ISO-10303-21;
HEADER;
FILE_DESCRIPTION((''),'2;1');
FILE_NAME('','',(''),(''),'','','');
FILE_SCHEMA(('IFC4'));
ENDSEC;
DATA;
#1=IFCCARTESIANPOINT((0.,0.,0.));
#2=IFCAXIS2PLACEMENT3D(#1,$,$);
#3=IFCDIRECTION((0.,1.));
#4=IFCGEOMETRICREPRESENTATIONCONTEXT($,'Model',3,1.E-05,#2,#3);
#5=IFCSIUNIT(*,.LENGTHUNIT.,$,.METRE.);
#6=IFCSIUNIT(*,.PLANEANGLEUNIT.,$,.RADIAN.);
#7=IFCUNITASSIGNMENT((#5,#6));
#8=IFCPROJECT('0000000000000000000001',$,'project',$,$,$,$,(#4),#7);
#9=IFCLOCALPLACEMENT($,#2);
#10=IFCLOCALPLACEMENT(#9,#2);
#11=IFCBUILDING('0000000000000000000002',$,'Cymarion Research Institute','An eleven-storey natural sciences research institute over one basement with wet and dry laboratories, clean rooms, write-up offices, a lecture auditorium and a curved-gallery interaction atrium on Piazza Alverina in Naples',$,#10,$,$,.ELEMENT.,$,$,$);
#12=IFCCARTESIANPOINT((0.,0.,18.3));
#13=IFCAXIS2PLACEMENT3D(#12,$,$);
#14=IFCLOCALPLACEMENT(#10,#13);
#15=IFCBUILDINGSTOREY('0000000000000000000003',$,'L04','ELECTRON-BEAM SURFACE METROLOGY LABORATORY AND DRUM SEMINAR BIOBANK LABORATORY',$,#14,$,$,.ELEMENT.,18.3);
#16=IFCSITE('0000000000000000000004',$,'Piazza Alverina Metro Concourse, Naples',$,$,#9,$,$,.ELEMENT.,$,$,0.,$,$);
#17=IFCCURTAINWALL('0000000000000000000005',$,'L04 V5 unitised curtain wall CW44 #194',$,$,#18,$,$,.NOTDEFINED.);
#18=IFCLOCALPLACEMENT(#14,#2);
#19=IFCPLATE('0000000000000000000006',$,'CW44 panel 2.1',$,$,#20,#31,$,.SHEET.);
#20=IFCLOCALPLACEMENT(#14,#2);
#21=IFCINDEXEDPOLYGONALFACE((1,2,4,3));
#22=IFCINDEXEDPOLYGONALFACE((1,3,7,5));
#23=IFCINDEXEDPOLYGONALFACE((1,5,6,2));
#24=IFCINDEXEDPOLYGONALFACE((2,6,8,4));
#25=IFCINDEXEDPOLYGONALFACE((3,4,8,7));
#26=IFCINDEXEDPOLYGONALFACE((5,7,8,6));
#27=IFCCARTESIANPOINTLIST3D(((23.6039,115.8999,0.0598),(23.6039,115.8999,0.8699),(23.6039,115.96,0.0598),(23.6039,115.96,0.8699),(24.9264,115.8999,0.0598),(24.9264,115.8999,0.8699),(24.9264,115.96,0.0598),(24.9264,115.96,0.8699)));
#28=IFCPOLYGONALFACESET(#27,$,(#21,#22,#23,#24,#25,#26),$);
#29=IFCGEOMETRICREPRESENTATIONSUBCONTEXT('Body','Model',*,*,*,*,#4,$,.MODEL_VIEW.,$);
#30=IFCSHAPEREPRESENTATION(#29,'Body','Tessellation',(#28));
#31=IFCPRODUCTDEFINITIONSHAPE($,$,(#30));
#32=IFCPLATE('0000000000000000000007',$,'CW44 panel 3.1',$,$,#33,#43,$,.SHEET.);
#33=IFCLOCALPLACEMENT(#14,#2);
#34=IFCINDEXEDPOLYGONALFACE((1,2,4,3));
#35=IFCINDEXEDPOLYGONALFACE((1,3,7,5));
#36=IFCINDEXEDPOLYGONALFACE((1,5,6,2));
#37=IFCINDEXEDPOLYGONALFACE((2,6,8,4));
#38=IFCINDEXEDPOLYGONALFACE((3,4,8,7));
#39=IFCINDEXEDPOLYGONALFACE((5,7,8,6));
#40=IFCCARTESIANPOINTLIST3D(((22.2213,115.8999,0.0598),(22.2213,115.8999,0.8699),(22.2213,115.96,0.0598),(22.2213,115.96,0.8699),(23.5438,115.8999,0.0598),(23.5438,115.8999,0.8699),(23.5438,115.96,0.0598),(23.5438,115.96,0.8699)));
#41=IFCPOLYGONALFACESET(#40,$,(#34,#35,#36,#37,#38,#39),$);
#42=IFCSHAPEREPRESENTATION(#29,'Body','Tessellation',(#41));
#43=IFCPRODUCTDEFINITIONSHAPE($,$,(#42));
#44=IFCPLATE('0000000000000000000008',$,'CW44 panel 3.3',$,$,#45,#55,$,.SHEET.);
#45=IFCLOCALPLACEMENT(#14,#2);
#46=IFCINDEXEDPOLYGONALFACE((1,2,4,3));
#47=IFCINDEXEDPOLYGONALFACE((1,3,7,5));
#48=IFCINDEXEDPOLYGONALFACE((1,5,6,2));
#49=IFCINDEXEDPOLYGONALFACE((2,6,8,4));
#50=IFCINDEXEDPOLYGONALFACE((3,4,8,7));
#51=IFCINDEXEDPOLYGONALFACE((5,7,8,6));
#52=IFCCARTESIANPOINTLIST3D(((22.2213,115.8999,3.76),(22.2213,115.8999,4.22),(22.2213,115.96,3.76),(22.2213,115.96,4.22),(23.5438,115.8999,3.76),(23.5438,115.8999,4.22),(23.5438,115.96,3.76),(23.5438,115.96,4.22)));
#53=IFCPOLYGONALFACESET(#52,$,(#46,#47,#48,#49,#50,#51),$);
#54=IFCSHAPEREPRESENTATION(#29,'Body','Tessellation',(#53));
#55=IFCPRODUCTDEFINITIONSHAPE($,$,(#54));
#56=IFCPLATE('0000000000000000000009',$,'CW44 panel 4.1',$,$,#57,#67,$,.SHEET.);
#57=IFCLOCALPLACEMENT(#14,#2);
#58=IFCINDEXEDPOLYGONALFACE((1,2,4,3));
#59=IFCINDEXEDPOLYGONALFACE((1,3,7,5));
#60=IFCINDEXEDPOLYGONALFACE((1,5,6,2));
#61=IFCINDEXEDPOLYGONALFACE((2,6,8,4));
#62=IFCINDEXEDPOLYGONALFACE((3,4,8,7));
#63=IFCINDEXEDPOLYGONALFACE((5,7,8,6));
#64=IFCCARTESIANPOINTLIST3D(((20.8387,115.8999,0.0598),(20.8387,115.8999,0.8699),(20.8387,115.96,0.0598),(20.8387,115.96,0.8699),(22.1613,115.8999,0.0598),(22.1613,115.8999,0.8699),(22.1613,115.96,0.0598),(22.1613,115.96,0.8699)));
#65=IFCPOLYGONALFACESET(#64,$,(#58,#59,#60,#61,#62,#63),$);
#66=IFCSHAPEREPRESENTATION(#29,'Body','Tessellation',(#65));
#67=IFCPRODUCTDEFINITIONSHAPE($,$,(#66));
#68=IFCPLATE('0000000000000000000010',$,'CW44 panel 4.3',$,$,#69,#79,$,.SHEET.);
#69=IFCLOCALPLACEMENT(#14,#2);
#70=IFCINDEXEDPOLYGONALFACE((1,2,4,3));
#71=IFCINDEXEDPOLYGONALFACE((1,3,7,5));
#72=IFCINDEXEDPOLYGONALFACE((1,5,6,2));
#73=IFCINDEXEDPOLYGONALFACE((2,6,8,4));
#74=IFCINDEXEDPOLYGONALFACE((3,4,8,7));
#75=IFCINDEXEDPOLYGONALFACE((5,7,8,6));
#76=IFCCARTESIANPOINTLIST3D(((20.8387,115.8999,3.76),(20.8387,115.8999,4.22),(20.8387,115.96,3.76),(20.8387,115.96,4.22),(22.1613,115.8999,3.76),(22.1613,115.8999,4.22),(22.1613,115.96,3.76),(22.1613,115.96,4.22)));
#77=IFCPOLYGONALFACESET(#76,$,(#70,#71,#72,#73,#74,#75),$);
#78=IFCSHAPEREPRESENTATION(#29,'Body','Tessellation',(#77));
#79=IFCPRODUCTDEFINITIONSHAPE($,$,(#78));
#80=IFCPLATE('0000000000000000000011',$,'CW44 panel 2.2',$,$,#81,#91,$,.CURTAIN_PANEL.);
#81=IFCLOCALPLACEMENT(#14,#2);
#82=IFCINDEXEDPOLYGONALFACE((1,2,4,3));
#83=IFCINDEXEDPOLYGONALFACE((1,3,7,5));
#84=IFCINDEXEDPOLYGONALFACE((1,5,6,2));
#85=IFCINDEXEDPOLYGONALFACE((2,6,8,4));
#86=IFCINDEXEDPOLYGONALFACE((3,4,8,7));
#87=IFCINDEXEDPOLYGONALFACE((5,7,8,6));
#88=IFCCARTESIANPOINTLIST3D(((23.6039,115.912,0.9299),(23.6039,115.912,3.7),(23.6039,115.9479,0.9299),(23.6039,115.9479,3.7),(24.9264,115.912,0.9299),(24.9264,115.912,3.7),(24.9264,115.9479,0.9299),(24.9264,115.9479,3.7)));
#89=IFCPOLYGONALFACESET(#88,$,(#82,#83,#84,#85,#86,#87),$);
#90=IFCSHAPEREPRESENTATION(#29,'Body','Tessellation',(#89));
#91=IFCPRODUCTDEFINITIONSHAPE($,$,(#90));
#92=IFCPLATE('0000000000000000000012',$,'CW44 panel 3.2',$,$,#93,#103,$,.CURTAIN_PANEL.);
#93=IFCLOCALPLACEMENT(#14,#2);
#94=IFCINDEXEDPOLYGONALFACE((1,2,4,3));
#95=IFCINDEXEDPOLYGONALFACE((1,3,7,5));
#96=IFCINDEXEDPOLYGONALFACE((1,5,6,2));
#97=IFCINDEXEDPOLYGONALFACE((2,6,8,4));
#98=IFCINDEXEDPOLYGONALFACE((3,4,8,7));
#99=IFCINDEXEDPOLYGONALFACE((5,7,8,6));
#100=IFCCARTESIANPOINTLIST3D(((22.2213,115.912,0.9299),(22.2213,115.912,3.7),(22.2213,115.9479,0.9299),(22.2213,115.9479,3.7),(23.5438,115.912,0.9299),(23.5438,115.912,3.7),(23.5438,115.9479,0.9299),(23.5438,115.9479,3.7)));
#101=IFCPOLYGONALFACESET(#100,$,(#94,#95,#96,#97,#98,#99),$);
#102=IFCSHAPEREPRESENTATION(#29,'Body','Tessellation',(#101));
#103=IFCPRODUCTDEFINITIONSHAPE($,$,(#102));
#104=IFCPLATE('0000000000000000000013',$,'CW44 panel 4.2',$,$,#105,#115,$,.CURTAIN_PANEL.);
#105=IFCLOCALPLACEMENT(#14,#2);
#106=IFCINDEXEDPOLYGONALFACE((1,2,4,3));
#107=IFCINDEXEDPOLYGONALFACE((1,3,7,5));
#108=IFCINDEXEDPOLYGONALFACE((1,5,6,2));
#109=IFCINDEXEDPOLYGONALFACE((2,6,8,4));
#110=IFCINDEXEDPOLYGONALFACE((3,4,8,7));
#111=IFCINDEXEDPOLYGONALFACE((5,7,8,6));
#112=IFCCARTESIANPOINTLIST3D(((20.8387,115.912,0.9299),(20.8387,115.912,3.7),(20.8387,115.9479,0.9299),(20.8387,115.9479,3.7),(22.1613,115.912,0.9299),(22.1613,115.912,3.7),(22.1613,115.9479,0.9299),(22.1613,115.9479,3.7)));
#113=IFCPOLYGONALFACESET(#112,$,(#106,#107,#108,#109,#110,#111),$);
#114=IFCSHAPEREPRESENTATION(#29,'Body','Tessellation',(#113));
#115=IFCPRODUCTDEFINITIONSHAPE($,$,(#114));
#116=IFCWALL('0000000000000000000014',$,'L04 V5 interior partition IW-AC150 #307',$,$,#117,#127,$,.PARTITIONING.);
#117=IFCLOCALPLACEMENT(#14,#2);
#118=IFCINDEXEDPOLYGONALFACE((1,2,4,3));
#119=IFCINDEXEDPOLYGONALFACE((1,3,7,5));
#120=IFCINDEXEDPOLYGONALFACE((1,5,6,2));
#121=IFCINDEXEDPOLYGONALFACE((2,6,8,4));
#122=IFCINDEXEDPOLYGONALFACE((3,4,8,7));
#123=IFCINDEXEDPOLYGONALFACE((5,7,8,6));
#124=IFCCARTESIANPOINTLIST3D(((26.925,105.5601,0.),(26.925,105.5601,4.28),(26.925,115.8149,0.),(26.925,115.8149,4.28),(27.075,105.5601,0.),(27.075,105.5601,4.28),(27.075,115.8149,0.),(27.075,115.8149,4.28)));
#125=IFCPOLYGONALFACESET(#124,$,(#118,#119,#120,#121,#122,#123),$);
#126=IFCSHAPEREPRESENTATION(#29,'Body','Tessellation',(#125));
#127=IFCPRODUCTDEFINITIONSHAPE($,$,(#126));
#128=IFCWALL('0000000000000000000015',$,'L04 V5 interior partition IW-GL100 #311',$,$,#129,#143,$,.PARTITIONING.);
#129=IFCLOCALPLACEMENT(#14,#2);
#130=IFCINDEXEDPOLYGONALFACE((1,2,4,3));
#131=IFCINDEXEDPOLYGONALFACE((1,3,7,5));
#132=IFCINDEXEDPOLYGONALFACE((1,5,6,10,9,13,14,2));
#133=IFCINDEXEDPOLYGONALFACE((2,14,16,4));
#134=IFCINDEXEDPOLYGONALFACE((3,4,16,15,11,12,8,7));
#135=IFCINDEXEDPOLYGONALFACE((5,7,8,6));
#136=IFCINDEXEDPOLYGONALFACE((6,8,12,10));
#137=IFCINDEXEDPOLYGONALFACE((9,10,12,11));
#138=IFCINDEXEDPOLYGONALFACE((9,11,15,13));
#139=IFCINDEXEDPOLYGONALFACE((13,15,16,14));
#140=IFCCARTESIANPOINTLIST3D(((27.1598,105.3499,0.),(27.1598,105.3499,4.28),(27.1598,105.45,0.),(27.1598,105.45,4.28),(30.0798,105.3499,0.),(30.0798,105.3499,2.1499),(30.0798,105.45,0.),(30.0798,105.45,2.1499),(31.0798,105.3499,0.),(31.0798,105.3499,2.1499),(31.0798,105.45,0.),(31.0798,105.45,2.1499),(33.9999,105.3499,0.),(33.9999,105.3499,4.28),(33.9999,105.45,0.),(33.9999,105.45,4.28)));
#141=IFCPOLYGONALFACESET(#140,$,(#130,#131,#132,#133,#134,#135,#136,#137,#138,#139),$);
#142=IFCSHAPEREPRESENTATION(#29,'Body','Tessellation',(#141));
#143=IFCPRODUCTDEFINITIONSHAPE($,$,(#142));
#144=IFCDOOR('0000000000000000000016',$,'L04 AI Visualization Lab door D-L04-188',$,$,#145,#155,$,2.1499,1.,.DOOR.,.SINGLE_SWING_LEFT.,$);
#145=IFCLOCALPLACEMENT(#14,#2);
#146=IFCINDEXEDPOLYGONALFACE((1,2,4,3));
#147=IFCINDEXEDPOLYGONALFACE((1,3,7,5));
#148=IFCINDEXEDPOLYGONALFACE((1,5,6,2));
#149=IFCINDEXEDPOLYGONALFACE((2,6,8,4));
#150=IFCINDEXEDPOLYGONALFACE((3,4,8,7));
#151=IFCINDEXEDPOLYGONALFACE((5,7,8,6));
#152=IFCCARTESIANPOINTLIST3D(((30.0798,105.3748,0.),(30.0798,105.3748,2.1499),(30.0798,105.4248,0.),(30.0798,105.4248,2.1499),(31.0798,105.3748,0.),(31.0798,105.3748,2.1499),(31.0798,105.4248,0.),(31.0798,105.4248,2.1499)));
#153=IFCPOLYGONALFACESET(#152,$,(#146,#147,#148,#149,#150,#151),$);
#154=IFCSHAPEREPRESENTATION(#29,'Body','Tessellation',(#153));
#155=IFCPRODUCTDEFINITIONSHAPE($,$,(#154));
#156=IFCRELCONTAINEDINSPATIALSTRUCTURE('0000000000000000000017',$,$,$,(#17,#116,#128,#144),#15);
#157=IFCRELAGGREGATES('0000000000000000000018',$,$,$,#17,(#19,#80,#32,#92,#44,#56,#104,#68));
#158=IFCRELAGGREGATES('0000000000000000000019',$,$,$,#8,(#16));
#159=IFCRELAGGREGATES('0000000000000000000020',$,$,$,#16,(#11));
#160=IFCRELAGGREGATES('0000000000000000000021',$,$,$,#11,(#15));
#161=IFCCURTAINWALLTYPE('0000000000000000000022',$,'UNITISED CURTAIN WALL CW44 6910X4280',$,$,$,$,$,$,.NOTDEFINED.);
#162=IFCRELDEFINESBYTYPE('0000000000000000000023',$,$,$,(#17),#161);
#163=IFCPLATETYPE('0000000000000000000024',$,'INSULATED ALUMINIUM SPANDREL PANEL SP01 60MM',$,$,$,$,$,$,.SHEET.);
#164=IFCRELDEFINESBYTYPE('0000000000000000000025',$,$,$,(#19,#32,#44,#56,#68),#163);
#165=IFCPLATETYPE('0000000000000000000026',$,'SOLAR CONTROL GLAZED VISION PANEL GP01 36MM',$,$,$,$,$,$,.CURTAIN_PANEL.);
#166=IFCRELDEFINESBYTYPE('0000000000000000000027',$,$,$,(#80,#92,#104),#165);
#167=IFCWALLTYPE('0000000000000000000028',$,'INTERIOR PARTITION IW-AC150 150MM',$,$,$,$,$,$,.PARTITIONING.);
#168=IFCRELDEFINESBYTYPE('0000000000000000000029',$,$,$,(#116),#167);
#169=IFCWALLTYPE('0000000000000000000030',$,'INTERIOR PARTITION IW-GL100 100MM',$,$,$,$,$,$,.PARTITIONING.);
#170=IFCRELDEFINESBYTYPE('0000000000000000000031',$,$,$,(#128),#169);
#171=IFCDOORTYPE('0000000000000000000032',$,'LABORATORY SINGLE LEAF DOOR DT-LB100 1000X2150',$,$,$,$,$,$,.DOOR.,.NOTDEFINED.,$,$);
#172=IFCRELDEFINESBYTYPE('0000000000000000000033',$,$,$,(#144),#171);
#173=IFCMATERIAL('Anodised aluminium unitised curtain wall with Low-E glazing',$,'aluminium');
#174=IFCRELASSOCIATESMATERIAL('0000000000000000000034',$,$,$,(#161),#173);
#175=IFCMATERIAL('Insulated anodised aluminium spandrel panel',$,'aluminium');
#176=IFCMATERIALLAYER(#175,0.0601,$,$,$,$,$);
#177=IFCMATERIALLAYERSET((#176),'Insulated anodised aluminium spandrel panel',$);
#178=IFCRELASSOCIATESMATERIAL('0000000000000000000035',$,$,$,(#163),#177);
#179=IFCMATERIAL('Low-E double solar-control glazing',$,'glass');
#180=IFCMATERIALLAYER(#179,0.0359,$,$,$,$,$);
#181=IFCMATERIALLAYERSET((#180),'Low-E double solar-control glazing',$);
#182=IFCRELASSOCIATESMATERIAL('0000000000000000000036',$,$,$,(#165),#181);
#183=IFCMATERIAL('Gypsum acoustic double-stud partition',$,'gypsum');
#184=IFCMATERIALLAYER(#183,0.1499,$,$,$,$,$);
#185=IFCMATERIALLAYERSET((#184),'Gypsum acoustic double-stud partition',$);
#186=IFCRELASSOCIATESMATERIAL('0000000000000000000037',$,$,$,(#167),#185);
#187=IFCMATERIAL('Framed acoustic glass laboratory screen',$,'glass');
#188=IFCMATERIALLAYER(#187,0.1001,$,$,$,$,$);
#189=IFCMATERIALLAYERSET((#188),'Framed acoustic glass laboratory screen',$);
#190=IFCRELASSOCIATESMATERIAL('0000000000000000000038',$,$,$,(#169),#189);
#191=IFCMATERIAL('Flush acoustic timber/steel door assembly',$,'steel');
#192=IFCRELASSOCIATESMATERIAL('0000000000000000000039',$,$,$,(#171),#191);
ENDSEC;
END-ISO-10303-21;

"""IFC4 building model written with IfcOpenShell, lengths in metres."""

from ifc_helpers import new_model, si_unit, direction, frame, frame_2d, origin, origin_2d, place, context, subcontext, project, spatial, rectangle, extrude, material, layer, layer_set, type_object, element, fill, aggregate, save


model = new_model("IFC4")

# Units and contexts
model_context = context("Model", 3, precision=1e-05, world=origin(), true_north=direction((0.0, 1.0)))
body_context = subcontext(model_context, "Body", "Model", "MODEL_VIEW")
ifc_project = project(units=[si_unit("LENGTHUNIT", "METRE"), si_unit("PLANEANGLEUNIT", "RADIAN")], contexts=[model_context])

# Site, building, storey
site_placement = place(None, origin())
site = spatial("IfcSite", under=ifc_project, at=site_placement, Name="Piazza Alverina Metro Concourse, Naples", CompositionType="ELEMENT", RefElevation=0.0)
building_placement = place(site_placement, origin())
building = spatial("IfcBuilding", under=site, at=building_placement, Name="Cymarion Research Institute", Description="An eleven-storey natural sciences research institute over one basement with wet and dry laboratories, clean rooms, write-up offices, a lecture auditorium and a curved-gallery interaction atrium on Piazza Alverina in Naples", CompositionType="ELEMENT")
storey_placement = place(building_placement, frame((0.0, 0.0, 18.3)))
storey = spatial("IfcBuildingStorey", under=building, at=storey_placement, Name="L04", Description="ELECTRON-BEAM SURFACE METROLOGY LABORATORY AND DRUM SEMINAR BIOBANK LABORATORY", CompositionType="ELEMENT", Elevation=18.3)

# Curtain wall
ifc_material_1 = material(Name="Anodised aluminium unitised curtain wall with Low-E glazing", Category="aluminium")
curtain_wall_type = type_object("IfcCurtainWallType", Name="UNITISED CURTAIN WALL CW44 6910X4280", PredefinedType="NOTDEFINED", material=ifc_material_1)
curtain_wall_placement = place(storey_placement, origin())
curtain_wall = element("IfcCurtainWall", 1, at=curtain_wall_placement, inside=storey, type_object=curtain_wall_type, Name="L04 V5 unitised curtain wall CW44 #194", PredefinedType="NOTDEFINED")

# Plates
ifc_material_2 = material(Name="Insulated anodised aluminium spandrel panel", Category="aluminium")
ifc_layer_1 = layer(ifc_material_2, 0.0601)
ifc_layer_set_1 = layer_set([ifc_layer_1], Name="Insulated anodised aluminium spandrel panel")
plate_type_1 = type_object("IfcPlateType", Name="INSULATED ALUMINIUM SPANDREL PANEL SP01 60MM", PredefinedType="SHEET", material=ifc_layer_set_1)
plate_1_placement = place(storey_placement, frame((24.2651, 115.9299, 0.0598), z_axis=(0.0, 0.0, 1.0), x_axis=(-1.0, 0.0, 0.0)))
plate_1 = element("IfcPlate", 2, at=plate_1_placement, type_object=plate_type_1, Name="CW44 panel 2.1", PredefinedType="SHEET", context=body_context, shape_type="SweptSolid", body=[
    extrude(rectangle(XDim=1.3225, YDim=0.0601, at=origin_2d()), origin(), (0.0, 0.0, 1.0), 0.8101),
])
plate_2_placement = place(storey_placement, frame((22.8826, 115.9299, 0.0598), z_axis=(0.0, 0.0, 1.0), x_axis=(-1.0, 0.0, 0.0)))
plate_2 = element("IfcPlate", 3, at=plate_2_placement, type_object=plate_type_1, Name="CW44 panel 3.1", PredefinedType="SHEET", context=body_context, shape_type="SweptSolid", body=[
    extrude(rectangle(XDim=1.3225, YDim=0.0601, at=origin_2d()), origin(), (0.0, 0.0, 1.0), 0.8101),
])
plate_3_placement = place(storey_placement, frame((22.8826, 115.9299, 3.76), z_axis=(0.0, 0.0, 1.0), x_axis=(-1.0, 0.0, 0.0)))
plate_3 = element("IfcPlate", 4, at=plate_3_placement, type_object=plate_type_1, Name="CW44 panel 3.3", PredefinedType="SHEET", context=body_context, shape_type="SweptSolid", body=[
    extrude(rectangle(XDim=1.3225, YDim=0.0601, at=origin_2d()), origin(), (0.0, 0.0, 1.0), 0.46),
])
plate_4_placement = place(storey_placement, frame((21.5, 115.9299, 0.0598), z_axis=(0.0, 0.0, 1.0), x_axis=(-1.0, 0.0, 0.0)))
plate_4 = element("IfcPlate", 5, at=plate_4_placement, type_object=plate_type_1, Name="CW44 panel 4.1", PredefinedType="SHEET", context=body_context, shape_type="SweptSolid", body=[
    extrude(rectangle(XDim=1.3225, YDim=0.0601, at=origin_2d()), origin(), (0.0, 0.0, 1.0), 0.8101),
])
plate_5_placement = place(storey_placement, frame((21.5, 115.9299, 3.76), z_axis=(0.0, 0.0, 1.0), x_axis=(-1.0, 0.0, 0.0)))
plate_5 = element("IfcPlate", 6, at=plate_5_placement, type_object=plate_type_1, Name="CW44 panel 4.3", PredefinedType="SHEET", context=body_context, shape_type="SweptSolid", body=[
    extrude(rectangle(XDim=1.3225, YDim=0.0601, at=origin_2d()), origin(), (0.0, 0.0, 1.0), 0.46),
])
ifc_material_3 = material(Name="Low-E double solar-control glazing", Category="glass")
ifc_layer_2 = layer(ifc_material_3, 0.0359)
ifc_layer_set_2 = layer_set([ifc_layer_2], Name="Low-E double solar-control glazing")
plate_type_2 = type_object("IfcPlateType", Name="SOLAR CONTROL GLAZED VISION PANEL GP01 36MM", PredefinedType="CURTAIN_PANEL", material=ifc_layer_set_2)
plate_6_placement = place(storey_placement, frame((24.2651, 115.9299, 0.9299), z_axis=(0.0, 0.0, 1.0), x_axis=(-1.0, 0.0, 0.0)))
plate_6 = element("IfcPlate", 7, at=plate_6_placement, type_object=plate_type_2, Name="CW44 panel 2.2", PredefinedType="CURTAIN_PANEL", context=body_context, shape_type="SweptSolid", body=[
    extrude(rectangle(XDim=1.3225, YDim=0.0359, at=origin_2d()), origin(), (0.0, 0.0, 1.0), 2.77),
])
plate_7_placement = place(storey_placement, frame((22.8826, 115.9299, 0.9299), z_axis=(0.0, 0.0, 1.0), x_axis=(-1.0, 0.0, 0.0)))
plate_7 = element("IfcPlate", 8, at=plate_7_placement, type_object=plate_type_2, Name="CW44 panel 3.2", PredefinedType="CURTAIN_PANEL", context=body_context, shape_type="SweptSolid", body=[
    extrude(rectangle(XDim=1.3225, YDim=0.0359, at=origin_2d()), origin(), (0.0, 0.0, 1.0), 2.77),
])
plate_8_placement = place(storey_placement, frame((21.5, 115.9299, 0.9299), z_axis=(0.0, 0.0, 1.0), x_axis=(-1.0, 0.0, 0.0)))
plate_8 = element("IfcPlate", 9, at=plate_8_placement, type_object=plate_type_2, Name="CW44 panel 4.2", PredefinedType="CURTAIN_PANEL", context=body_context, shape_type="SweptSolid", body=[
    extrude(rectangle(XDim=1.3225, YDim=0.0359, at=origin_2d()), origin(), (0.0, 0.0, 1.0), 2.77),
])
aggregate(curtain_wall, [plate_1, plate_6, plate_2, plate_7, plate_3, plate_4, plate_8, plate_5])

# Wall
ifc_material_4 = material(Name="Gypsum acoustic double-stud partition", Category="gypsum")
ifc_layer_3 = layer(ifc_material_4, 0.1499)
ifc_layer_set_3 = layer_set([ifc_layer_3], Name="Gypsum acoustic double-stud partition")
wall_type_1 = type_object("IfcWallType", Name="INTERIOR PARTITION IW-AC150 150MM", PredefinedType="PARTITIONING", material=ifc_layer_set_3)
wall_1_placement = place(storey_placement, frame((27.0, 105.5601, 0.0), z_axis=(0.0, 0.0, 1.0), x_axis=(0.0, 1.0, 0.0)))
element("IfcWall", 10, at=wall_1_placement, inside=storey, type_object=wall_type_1, Name="L04 V5 interior partition IW-AC150 #307", PredefinedType="PARTITIONING", context=body_context, shape_type="SweptSolid", body=[
    extrude(rectangle(XDim=10.2549, YDim=0.1499, at=frame_2d((5.1274, 0.0))), origin(), (0.0, 0.0, 1.0), 4.28),
])

# Wall, opening, door
ifc_material_5 = material(Name="Framed acoustic glass laboratory screen", Category="glass")
ifc_layer_4 = layer(ifc_material_5, 0.1001)
ifc_layer_set_4 = layer_set([ifc_layer_4], Name="Framed acoustic glass laboratory screen")
wall_type_2 = type_object("IfcWallType", Name="INTERIOR PARTITION IW-GL100 100MM", PredefinedType="PARTITIONING", material=ifc_layer_set_4)
wall_2_placement = place(storey_placement, frame((27.1599, 105.3999, 0.0), z_axis=(0.0, 0.0, 1.0), x_axis=(1.0, 0.0, 0.0)))
wall_2 = element("IfcWall", 11, at=wall_2_placement, inside=storey, type_object=wall_type_2, Name="L04 V5 interior partition IW-GL100 #311", PredefinedType="PARTITIONING", context=body_context, shape_type="SweptSolid", body=[
    extrude(rectangle(XDim=6.8401, YDim=0.1001, at=frame_2d((3.4199, 0.0))), origin(), (0.0, 0.0, 1.0), 4.28),
])
opening_1_placement = place(wall_2_placement, frame((2.9199, 0.0, 0.0)))
opening_1 = element("IfcOpeningElement", 12, at=opening_1_placement, cuts=wall_2, PredefinedType="OPENING", context=body_context, shape_type="SweptSolid", body=[
    extrude(rectangle(XDim=1.0, YDim=2.1499, at=frame_2d((0.5, 1.075))), frame((0.0, 0.0601, 0.0), z_axis=(0.0, -1.0, 0.0), x_axis=(1.0, 0.0, 0.0)), (0.0, 0.0, 1.0), 0.1201),
])
ifc_material_6 = material(Name="Flush acoustic timber/steel door assembly", Category="steel")
door_type_1 = type_object("IfcDoorType", Name="LABORATORY SINGLE LEAF DOOR DT-LB100 1000X2150", OperationType="NOTDEFINED", PredefinedType="DOOR", material=ifc_material_6)
door_1_placement = place(opening_1_placement, origin())
door_1 = element("IfcDoor", 13, at=door_1_placement, inside=storey, type_object=door_type_1, Name="L04 AI Visualization Lab door D-L04-188", OperationType="SINGLE_SWING_LEFT", OverallHeight=2.1499, OverallWidth=1.0, PredefinedType="DOOR", context=body_context, shape_type="SweptSolid", body=[
    extrude(rectangle(XDim=1.0, YDim=2.1499, at=frame_2d((0.5, 1.075))), frame((0.0, 0.0249, 0.0), z_axis=(0.0, -1.0, 0.0), x_axis=(1.0, 0.0, 0.0)), (0.0, 0.0, 1.0), 0.05),
])
fill(opening_1, door_1)

save(model, "model.ifc")
